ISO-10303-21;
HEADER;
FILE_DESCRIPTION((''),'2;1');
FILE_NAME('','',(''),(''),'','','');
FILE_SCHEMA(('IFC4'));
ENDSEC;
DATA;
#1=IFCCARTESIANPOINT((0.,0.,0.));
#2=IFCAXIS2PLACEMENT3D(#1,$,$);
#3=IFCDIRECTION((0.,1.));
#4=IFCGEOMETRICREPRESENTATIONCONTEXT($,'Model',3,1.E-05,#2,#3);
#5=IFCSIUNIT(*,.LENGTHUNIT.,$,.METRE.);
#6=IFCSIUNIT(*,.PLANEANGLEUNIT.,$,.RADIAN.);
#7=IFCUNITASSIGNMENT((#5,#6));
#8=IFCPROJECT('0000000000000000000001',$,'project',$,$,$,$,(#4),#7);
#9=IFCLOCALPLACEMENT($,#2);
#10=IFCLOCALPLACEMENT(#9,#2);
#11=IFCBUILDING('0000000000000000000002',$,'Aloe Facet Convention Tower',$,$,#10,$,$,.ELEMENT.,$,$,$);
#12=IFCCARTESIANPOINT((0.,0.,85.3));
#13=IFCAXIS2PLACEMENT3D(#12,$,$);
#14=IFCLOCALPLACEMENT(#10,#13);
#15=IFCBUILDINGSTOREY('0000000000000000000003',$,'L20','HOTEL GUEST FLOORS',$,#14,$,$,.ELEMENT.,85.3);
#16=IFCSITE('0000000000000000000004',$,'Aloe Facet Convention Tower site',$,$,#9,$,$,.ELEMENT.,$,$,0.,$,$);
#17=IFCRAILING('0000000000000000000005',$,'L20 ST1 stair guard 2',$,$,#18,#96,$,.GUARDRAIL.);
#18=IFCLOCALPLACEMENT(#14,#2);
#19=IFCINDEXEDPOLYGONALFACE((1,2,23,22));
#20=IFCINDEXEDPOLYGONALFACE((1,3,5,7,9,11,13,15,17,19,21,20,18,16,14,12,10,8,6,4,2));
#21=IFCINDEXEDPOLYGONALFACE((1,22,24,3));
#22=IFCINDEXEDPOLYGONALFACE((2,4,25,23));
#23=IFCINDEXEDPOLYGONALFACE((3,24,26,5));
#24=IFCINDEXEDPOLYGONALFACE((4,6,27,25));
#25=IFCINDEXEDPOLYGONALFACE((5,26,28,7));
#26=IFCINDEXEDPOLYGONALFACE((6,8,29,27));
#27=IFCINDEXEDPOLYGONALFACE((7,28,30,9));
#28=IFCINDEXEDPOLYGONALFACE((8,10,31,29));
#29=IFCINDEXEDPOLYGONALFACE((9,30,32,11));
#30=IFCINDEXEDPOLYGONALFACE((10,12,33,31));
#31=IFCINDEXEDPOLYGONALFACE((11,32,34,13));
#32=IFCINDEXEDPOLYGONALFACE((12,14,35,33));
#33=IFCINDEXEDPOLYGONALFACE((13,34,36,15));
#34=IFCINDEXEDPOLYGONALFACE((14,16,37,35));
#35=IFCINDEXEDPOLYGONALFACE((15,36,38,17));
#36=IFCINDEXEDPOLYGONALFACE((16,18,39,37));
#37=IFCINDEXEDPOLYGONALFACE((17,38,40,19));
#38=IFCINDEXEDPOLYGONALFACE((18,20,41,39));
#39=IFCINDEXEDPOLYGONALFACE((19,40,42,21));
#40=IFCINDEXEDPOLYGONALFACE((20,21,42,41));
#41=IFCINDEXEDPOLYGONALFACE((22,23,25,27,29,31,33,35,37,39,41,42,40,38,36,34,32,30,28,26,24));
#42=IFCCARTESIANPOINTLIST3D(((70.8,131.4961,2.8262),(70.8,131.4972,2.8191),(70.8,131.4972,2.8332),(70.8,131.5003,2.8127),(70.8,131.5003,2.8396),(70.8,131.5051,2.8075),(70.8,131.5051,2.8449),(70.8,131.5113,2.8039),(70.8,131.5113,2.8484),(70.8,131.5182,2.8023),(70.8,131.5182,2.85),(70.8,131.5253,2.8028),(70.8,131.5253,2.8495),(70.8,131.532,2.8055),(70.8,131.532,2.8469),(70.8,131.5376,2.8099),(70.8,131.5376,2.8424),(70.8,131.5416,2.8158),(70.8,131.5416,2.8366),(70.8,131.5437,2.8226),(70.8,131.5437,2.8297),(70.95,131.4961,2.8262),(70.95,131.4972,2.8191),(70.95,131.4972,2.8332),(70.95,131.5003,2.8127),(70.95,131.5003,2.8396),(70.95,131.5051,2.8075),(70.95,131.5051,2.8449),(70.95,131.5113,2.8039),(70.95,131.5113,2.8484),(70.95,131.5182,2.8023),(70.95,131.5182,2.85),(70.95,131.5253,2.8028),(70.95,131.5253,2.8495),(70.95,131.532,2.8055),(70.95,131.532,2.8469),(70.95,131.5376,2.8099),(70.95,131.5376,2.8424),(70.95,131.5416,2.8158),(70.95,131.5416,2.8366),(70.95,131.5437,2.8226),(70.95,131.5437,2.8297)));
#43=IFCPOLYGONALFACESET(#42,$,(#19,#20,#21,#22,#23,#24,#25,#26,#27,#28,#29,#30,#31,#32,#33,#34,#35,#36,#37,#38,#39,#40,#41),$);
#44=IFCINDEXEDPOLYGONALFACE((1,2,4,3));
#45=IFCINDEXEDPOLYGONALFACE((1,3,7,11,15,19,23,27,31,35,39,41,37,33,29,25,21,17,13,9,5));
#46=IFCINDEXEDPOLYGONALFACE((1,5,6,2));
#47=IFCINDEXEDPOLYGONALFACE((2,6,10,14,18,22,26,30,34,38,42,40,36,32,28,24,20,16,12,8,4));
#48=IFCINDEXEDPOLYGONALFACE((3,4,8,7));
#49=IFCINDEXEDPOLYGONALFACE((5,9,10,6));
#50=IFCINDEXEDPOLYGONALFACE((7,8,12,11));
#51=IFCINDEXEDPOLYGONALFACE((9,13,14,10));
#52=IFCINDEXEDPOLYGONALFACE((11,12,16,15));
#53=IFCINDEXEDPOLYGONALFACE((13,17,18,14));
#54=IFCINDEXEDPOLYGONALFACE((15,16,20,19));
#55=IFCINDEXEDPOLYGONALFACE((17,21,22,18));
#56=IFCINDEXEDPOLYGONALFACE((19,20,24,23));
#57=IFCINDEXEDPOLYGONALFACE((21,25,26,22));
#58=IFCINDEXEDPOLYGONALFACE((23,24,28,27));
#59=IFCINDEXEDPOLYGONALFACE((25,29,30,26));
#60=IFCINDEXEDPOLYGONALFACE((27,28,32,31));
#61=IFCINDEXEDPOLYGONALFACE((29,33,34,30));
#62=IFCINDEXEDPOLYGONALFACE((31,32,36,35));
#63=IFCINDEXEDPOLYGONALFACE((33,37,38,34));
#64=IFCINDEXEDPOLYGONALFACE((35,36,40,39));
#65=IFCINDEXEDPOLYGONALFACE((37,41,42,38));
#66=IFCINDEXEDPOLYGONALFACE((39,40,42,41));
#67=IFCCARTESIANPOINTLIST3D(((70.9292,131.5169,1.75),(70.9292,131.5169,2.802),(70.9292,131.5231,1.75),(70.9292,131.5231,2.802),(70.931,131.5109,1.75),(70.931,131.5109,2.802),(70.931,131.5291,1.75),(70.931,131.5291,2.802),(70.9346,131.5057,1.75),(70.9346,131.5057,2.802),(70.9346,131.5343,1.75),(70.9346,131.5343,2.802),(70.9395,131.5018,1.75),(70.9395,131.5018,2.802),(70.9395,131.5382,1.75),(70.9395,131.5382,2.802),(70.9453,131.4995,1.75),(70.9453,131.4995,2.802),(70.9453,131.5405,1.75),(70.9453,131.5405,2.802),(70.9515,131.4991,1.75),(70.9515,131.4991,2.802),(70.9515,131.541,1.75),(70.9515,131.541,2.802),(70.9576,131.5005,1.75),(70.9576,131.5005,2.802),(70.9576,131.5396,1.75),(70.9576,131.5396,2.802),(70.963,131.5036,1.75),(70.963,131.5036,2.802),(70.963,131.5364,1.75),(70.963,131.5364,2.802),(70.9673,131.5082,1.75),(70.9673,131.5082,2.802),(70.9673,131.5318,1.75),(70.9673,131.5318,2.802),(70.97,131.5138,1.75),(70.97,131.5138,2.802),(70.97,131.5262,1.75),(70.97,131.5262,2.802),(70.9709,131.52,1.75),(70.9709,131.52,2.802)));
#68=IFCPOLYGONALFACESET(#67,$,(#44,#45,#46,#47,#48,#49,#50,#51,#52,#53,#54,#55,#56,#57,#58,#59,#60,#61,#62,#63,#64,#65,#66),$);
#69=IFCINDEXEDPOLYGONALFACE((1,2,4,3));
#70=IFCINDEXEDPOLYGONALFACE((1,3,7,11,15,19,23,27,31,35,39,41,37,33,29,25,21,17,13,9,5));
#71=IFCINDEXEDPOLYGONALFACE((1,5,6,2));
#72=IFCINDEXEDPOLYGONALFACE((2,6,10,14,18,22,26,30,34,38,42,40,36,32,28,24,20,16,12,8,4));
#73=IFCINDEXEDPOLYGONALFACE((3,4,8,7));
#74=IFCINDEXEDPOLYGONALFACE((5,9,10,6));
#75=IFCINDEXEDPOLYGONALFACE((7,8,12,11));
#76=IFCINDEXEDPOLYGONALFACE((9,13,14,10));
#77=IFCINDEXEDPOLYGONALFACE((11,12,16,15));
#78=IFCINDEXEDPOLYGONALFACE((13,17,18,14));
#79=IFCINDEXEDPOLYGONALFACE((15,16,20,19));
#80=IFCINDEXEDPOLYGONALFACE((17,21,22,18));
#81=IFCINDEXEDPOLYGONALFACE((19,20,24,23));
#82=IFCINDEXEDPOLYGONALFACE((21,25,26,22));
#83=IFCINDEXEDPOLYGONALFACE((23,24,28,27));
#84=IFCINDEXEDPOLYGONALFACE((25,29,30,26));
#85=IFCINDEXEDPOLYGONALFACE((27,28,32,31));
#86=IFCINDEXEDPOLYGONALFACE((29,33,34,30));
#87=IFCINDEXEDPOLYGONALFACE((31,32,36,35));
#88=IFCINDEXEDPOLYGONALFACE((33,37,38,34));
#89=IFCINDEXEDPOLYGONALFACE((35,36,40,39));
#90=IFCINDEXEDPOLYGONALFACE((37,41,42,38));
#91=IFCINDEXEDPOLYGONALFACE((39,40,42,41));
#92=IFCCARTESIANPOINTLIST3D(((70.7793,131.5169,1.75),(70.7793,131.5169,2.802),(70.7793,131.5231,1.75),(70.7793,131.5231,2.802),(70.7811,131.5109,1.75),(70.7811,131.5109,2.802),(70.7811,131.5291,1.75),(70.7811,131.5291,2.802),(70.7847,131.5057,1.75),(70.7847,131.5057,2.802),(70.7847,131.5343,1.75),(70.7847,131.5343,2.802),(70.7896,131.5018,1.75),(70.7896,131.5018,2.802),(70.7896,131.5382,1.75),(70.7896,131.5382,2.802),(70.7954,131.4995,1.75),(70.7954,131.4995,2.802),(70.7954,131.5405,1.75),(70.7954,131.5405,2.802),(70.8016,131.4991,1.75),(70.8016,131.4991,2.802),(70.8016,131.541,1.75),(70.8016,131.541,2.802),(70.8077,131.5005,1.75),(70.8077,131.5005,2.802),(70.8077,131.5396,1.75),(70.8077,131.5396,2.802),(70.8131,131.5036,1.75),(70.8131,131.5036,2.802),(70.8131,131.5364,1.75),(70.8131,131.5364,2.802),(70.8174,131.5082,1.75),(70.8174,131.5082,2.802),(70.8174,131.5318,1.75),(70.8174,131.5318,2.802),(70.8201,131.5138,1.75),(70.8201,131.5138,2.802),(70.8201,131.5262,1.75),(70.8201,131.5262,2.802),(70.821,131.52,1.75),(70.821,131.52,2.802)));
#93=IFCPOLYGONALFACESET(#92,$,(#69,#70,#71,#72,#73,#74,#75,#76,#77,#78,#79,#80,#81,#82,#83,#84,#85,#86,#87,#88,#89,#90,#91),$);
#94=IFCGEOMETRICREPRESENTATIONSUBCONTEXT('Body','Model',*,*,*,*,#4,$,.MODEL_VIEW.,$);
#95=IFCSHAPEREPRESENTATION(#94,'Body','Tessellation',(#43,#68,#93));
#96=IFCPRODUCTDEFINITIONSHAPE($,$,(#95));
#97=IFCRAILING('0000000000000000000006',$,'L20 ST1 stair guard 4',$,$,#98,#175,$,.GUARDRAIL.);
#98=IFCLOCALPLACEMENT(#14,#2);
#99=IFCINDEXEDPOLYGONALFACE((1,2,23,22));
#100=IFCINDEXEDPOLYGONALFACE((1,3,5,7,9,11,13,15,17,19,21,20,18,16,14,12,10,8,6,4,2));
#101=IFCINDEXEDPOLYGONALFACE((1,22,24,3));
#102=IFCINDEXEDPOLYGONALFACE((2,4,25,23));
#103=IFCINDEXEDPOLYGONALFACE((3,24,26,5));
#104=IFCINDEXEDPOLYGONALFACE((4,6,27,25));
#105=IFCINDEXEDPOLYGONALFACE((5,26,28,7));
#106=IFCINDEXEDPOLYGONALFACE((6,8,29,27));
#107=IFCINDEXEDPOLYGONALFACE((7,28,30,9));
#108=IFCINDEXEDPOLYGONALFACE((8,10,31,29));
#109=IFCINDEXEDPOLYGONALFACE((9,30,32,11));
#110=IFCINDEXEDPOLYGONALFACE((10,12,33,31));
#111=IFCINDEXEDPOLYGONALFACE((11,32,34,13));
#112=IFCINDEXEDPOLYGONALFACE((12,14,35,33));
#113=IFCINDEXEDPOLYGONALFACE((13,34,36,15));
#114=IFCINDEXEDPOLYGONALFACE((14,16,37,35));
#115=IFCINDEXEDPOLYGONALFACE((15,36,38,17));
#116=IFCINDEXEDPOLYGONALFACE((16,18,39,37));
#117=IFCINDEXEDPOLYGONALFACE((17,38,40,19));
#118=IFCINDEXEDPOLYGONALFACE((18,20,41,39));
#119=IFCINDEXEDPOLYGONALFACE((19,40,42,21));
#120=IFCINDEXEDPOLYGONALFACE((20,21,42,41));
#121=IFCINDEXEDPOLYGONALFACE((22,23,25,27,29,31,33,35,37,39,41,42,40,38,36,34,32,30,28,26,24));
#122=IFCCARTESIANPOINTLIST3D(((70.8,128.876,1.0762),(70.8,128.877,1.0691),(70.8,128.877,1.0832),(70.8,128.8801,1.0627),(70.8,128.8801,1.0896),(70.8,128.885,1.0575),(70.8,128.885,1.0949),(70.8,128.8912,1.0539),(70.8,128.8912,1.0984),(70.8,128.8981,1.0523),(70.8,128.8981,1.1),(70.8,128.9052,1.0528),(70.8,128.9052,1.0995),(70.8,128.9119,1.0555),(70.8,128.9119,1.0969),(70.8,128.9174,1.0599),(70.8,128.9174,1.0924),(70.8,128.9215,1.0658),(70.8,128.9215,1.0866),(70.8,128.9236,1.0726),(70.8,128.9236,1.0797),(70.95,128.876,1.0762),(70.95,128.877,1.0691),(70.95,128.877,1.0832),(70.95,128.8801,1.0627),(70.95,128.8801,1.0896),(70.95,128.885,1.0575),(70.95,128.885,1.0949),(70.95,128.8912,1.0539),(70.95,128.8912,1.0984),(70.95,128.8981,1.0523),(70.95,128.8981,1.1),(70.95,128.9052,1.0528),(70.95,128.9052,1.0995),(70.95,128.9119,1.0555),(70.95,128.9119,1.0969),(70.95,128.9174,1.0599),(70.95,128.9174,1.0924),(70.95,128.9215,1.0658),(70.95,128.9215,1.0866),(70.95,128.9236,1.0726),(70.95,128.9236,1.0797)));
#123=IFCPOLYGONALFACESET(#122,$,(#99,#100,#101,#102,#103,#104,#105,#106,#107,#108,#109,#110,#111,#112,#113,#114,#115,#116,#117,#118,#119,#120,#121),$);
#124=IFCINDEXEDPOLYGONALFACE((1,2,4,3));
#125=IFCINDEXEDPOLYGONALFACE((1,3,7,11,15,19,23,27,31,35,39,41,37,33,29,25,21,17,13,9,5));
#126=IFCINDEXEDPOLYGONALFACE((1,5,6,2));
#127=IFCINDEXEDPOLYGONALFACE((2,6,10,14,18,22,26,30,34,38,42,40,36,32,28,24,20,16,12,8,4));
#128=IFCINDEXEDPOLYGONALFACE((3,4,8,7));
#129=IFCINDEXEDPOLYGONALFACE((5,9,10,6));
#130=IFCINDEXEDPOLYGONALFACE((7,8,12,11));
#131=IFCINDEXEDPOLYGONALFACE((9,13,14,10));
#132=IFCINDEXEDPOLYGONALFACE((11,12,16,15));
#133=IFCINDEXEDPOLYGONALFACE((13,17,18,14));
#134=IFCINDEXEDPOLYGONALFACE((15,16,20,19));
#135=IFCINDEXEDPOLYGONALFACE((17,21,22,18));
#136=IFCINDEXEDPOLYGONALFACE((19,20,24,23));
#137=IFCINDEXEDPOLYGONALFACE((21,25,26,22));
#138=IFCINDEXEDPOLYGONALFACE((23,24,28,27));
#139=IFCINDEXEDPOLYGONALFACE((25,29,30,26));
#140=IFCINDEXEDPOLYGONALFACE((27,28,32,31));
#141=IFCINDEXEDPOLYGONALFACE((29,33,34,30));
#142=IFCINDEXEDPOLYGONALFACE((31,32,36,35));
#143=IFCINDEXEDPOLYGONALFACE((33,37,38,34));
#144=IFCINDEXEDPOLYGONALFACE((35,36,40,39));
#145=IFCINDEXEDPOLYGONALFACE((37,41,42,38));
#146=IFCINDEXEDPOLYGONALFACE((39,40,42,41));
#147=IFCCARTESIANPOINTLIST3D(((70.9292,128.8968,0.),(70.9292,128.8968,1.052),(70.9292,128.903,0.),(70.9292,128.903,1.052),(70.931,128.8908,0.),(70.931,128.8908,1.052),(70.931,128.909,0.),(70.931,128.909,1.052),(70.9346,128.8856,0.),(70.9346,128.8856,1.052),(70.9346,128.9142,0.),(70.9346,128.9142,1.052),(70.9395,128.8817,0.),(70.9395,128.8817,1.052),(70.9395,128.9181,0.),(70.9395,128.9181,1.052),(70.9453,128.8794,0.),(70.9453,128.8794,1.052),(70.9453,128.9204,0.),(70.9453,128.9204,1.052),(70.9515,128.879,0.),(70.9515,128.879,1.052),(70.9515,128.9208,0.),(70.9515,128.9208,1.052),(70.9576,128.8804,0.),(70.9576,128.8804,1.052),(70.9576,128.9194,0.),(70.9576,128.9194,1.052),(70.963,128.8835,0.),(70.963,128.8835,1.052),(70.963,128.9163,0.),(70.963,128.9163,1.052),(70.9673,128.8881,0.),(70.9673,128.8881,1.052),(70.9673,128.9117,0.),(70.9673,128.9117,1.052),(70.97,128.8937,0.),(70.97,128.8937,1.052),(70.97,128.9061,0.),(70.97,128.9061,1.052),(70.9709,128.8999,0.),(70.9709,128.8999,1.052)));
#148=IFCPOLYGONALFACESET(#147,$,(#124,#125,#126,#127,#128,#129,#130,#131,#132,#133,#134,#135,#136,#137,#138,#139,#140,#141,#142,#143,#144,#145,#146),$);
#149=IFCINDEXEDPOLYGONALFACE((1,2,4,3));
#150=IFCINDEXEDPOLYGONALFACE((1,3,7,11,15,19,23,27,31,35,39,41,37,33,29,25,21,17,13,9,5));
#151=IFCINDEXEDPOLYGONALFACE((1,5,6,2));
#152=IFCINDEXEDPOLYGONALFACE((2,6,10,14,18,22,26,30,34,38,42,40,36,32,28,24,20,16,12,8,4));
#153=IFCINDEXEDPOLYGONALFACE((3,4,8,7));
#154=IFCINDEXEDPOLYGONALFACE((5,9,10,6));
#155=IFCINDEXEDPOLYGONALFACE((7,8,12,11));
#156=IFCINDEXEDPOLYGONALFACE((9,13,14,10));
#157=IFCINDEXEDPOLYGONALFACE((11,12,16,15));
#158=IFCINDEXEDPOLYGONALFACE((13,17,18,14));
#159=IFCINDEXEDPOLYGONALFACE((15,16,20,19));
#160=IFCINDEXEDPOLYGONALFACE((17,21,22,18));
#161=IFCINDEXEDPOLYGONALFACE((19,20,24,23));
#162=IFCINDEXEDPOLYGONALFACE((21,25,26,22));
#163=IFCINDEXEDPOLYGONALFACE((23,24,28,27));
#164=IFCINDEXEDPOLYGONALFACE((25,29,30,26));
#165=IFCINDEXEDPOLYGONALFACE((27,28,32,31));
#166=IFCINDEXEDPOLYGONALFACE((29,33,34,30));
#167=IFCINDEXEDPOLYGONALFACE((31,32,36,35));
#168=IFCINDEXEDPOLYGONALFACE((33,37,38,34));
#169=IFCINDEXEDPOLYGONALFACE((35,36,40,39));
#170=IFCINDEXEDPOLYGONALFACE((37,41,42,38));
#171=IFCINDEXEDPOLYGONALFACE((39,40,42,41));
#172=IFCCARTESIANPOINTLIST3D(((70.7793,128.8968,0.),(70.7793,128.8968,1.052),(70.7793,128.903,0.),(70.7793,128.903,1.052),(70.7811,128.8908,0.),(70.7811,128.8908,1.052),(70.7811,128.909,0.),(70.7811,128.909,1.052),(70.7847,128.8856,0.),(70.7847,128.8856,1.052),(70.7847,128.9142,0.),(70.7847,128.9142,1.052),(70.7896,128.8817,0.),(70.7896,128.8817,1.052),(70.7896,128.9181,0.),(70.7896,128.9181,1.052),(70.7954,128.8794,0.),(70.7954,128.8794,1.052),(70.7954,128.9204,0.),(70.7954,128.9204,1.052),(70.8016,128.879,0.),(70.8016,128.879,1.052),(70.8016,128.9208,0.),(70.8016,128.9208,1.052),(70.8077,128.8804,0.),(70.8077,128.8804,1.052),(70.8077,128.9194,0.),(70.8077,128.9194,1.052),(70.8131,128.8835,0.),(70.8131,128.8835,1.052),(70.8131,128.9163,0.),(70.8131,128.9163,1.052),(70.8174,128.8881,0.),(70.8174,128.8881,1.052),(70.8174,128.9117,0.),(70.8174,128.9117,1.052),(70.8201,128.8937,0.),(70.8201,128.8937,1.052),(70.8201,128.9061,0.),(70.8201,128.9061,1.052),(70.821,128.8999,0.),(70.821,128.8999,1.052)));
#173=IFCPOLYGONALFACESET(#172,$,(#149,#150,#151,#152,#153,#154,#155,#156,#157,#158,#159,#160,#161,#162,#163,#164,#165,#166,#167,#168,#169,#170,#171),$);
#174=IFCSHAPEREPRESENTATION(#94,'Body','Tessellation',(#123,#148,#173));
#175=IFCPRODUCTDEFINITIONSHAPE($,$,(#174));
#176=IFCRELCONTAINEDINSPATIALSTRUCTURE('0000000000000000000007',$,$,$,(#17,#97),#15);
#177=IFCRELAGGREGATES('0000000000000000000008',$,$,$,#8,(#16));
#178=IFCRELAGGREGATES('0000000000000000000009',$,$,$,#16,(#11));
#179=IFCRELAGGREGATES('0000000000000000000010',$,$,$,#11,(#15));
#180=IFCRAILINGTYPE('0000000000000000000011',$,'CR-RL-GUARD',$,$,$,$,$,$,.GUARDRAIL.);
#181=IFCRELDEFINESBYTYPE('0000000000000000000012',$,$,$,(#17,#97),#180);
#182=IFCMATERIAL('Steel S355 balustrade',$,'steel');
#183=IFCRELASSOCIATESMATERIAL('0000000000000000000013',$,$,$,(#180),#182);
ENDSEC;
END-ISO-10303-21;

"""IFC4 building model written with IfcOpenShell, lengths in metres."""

from ifc_helpers import new_model, si_unit, direction, frame, origin, origin_2d, place, context, subcontext, project, spatial, circle, extrude, material, type_object, element, save


model = new_model("IFC4")

# Units and contexts
model_context = context("Model", 3, precision=1e-05, world=origin(), true_north=direction((0.0, 1.0)))
body_context = subcontext(model_context, "Body", "Model", "MODEL_VIEW")
ifc_project = project(units=[si_unit("LENGTHUNIT", "METRE"), si_unit("PLANEANGLEUNIT", "RADIAN")], contexts=[model_context])

# Site, building, storey
site_placement = place(None, origin())
site = spatial("IfcSite", under=ifc_project, at=site_placement, Name="Aloe Facet Convention Tower site", CompositionType="ELEMENT", RefElevation=0.0)
building_placement = place(site_placement, origin())
building = spatial("IfcBuilding", under=site, at=building_placement, Name="Aloe Facet Convention Tower", CompositionType="ELEMENT")
storey_placement = place(building_placement, frame((0.0, 0.0, 85.3)))
storey = spatial("IfcBuildingStorey", under=building, at=storey_placement, Name="L20", Description="HOTEL GUEST FLOORS", CompositionType="ELEMENT", Elevation=85.3)

# Railings
ifc_material_1 = material(Name="Steel S355 balustrade", Category="steel")
railing_type_1 = type_object("IfcRailingType", Name="CR-RL-GUARD", PredefinedType="GUARDRAIL", material=ifc_material_1)
for number, where, name in (
    (1, (70.95, 131.52, 1.75), "L20 ST1 stair guard 2"),
    (2, (70.95, 128.8999, 0.0), "L20 ST1 stair guard 4"),
):
    element("IfcRailing", number, at=place(storey_placement, frame(where)), inside=storey, type_object=railing_type_1, Name=name, PredefinedType="GUARDRAIL", context=body_context, shape_type="SweptSolid", body=[
        extrude(circle(Radius=0.0239, at=origin_2d()), frame((0.0, 0.0, 1.0762), z_axis=(-1.0, 0.0, 0.0), x_axis=(0.0, -1.0, 0.0)), (0.0, 0.0, 1.0), 0.1499),
        extrude(circle(Radius=0.021, at=origin_2d()), origin(), (0.0, 0.0, 1.0), 1.052),
        extrude(circle(Radius=0.021, at=origin_2d()), frame((-0.1499, 0.0, 0.0)), (0.0, 0.0, 1.0), 1.052),
    ])

save(model, "model.ifc")
